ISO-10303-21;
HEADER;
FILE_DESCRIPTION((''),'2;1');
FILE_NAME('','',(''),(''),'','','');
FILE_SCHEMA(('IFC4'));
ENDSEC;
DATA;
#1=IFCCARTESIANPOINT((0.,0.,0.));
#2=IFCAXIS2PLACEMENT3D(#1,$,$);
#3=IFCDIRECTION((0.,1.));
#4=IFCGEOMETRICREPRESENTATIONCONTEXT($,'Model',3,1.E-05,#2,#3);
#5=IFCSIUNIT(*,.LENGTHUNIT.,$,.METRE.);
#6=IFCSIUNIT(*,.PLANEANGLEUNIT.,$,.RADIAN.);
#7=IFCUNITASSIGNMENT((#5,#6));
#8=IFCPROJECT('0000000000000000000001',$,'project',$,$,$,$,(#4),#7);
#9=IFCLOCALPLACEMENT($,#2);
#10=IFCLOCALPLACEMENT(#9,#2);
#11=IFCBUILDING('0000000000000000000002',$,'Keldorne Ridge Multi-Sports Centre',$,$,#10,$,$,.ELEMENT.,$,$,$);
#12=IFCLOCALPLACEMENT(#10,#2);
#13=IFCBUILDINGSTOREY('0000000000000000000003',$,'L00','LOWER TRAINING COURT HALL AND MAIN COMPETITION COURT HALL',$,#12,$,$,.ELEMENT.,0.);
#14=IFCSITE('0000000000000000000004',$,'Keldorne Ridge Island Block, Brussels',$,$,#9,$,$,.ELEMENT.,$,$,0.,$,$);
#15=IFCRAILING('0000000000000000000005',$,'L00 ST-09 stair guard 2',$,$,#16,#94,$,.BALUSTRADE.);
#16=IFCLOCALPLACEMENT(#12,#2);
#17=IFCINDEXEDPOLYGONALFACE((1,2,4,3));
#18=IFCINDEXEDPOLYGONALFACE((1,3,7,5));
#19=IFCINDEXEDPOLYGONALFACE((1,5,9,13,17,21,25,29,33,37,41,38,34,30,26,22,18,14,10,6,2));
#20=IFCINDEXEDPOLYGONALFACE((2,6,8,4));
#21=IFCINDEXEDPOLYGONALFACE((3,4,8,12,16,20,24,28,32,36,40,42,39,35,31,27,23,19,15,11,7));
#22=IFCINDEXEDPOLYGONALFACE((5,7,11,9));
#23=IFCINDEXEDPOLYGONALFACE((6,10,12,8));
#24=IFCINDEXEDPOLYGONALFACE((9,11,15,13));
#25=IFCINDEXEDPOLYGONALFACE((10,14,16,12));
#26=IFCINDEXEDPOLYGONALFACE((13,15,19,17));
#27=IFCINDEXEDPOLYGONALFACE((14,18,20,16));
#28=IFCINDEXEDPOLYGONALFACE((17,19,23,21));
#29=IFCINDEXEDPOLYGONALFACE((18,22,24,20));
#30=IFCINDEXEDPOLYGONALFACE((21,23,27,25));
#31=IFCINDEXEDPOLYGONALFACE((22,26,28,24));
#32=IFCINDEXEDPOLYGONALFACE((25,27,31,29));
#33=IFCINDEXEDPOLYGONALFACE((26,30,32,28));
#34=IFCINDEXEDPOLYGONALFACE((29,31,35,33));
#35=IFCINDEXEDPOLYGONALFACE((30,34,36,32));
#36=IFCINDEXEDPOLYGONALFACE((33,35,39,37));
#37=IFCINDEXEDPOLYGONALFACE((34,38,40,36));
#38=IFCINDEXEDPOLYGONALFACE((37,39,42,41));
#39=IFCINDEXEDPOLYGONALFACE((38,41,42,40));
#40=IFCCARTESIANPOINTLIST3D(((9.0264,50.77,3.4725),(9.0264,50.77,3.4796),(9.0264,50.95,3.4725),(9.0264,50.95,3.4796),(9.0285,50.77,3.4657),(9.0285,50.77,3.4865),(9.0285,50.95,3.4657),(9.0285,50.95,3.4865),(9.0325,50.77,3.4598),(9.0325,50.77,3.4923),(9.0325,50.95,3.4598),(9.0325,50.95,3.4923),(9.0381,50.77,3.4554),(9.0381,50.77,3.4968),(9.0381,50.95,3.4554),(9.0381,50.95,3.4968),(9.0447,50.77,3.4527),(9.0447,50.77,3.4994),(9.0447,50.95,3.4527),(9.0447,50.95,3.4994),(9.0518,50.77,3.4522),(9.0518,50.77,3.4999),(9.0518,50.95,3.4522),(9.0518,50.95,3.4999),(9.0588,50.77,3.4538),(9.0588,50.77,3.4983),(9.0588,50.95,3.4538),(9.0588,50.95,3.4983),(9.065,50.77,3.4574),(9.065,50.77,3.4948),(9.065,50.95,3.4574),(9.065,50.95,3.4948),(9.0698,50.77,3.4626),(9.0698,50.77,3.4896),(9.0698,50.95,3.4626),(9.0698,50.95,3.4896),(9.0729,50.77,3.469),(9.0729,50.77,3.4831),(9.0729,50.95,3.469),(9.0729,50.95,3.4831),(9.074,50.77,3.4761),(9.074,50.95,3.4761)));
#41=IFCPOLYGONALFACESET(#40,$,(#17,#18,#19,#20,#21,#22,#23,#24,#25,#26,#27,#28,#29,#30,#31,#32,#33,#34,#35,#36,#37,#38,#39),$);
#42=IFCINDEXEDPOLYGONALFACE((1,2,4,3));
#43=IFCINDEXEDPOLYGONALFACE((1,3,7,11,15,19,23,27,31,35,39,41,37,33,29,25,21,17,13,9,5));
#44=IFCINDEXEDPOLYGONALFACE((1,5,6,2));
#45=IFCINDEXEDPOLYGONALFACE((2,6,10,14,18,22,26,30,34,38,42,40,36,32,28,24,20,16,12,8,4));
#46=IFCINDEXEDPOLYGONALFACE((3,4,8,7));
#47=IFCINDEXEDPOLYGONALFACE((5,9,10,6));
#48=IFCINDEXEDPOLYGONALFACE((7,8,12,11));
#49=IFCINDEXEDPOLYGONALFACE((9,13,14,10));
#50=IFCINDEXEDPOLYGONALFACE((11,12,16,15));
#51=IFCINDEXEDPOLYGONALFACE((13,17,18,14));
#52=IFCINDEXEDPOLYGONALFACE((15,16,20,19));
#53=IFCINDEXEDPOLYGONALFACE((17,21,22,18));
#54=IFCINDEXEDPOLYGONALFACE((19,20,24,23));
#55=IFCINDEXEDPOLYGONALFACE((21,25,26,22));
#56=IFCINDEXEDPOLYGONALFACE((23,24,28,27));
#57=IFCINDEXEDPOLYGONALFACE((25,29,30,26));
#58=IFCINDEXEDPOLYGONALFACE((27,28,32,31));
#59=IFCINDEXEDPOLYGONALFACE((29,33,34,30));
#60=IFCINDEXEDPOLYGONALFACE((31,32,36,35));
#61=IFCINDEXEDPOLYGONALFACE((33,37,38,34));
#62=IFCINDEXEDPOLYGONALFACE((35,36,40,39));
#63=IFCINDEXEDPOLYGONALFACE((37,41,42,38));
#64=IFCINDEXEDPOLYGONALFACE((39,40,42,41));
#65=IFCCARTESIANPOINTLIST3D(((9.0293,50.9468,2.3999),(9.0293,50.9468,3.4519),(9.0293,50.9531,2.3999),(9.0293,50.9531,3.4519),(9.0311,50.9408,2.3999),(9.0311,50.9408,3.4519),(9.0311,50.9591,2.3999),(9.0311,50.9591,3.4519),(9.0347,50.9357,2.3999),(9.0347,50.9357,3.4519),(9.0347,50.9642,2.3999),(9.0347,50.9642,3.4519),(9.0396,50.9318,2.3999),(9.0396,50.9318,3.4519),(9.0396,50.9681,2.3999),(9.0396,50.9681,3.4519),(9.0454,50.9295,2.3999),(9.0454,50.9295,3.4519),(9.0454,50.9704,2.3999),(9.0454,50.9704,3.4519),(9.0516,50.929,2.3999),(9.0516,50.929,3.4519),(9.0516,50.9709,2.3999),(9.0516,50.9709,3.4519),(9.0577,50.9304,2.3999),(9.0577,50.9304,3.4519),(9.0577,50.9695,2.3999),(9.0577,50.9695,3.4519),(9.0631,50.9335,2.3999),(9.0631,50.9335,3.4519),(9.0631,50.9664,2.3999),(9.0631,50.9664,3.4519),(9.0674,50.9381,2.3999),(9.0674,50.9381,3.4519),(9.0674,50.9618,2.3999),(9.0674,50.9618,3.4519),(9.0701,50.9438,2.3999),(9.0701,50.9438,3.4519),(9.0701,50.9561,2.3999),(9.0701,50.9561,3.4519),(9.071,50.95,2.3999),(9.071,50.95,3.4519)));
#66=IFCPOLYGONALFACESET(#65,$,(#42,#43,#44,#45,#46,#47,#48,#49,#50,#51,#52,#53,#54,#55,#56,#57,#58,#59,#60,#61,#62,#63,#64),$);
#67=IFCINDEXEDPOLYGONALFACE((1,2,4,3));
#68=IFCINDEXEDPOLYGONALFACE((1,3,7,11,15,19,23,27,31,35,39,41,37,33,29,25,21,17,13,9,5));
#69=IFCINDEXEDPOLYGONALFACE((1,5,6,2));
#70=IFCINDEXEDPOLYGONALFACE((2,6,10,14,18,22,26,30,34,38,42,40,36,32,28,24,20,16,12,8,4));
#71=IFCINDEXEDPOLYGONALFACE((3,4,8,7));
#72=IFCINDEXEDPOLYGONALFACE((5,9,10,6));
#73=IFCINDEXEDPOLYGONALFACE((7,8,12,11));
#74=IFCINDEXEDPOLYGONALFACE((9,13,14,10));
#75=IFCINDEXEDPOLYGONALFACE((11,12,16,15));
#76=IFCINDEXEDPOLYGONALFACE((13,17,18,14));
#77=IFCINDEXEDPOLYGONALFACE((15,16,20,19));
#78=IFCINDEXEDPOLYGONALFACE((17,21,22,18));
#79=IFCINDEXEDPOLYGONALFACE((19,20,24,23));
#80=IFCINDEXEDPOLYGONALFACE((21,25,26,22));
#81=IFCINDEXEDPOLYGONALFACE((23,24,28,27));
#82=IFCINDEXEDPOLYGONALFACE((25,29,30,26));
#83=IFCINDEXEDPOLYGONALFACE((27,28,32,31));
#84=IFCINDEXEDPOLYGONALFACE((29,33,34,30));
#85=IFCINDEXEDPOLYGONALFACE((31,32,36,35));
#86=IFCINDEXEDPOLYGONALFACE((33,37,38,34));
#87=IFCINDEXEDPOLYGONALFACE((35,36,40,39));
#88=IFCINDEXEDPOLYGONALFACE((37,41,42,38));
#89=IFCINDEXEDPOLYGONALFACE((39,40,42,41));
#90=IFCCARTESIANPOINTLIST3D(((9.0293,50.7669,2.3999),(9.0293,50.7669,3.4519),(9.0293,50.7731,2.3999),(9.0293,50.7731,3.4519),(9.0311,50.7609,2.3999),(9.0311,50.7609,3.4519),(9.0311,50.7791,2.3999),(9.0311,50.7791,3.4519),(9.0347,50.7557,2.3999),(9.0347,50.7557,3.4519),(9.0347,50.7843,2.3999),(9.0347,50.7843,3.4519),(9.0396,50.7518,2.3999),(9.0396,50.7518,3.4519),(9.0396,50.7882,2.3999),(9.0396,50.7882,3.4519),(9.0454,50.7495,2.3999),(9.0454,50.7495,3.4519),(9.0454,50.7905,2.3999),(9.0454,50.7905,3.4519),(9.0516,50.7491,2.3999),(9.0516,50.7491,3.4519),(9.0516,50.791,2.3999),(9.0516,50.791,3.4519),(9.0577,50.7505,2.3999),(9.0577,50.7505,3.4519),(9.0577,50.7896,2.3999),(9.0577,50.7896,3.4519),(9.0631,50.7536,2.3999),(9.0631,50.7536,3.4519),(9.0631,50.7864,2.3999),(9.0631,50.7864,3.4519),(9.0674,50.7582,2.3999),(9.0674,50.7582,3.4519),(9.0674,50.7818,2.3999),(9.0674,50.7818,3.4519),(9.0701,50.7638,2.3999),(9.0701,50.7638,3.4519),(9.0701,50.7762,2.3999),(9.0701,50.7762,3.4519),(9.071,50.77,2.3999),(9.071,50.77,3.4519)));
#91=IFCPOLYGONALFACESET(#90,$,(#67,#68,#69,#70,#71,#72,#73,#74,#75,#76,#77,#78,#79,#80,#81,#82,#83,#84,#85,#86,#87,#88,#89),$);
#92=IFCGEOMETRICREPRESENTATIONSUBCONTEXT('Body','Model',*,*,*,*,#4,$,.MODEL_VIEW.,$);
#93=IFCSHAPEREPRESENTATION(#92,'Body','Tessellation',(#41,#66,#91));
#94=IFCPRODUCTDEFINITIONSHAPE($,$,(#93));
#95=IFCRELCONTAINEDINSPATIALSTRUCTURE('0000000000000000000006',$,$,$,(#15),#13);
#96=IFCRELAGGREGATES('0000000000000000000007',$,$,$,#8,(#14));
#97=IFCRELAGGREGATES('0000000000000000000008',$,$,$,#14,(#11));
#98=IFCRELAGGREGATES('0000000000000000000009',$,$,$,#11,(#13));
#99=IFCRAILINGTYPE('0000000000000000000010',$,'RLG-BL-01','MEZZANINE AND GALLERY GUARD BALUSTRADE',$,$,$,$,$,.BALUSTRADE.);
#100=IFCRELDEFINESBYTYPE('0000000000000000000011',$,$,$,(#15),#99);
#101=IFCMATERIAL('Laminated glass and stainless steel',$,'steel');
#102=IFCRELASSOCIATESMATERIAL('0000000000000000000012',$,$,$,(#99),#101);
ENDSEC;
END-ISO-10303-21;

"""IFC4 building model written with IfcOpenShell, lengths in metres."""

from ifc_helpers import new_model, si_unit, direction, frame, origin, origin_2d, place, context, subcontext, project, spatial, circle, extrude, material, type_object, element, save


model = new_model("IFC4")

# Units and contexts
model_context = context("Model", 3, precision=1e-05, world=origin(), true_north=direction((0.0, 1.0)))
body_context = subcontext(model_context, "Body", "Model", "MODEL_VIEW")
ifc_project = project(units=[si_unit("LENGTHUNIT", "METRE"), si_unit("PLANEANGLEUNIT", "RADIAN")], contexts=[model_context])

# Site, building, storey
site_placement = place(None, origin())
site = spatial("IfcSite", under=ifc_project, at=site_placement, Name="Keldorne Ridge Island Block, Brussels", CompositionType="ELEMENT", RefElevation=0.0)
building_placement = place(site_placement, origin())
building = spatial("IfcBuilding", under=site, at=building_placement, Name="Keldorne Ridge Multi-Sports Centre", CompositionType="ELEMENT")
storey_placement = place(building_placement, origin())
storey = spatial("IfcBuildingStorey", under=building, at=storey_placement, Name="L00", Description="LOWER TRAINING COURT HALL AND MAIN COMPETITION COURT HALL", CompositionType="ELEMENT", Elevation=0.0)

# Railing
ifc_material_1 = material(Name="Laminated glass and stainless steel", Category="steel")
railing_type_1 = type_object("IfcRailingType", Name="RLG-BL-01", Description="MEZZANINE AND GALLERY GUARD BALUSTRADE", PredefinedType="BALUSTRADE", material=ifc_material_1)
railing_1_placement = place(storey_placement, frame((9.05, 50.95, 2.3999)))
element("IfcRailing", 1, at=railing_1_placement, inside=storey, type_object=railing_type_1, Name="L00 ST-09 stair guard 2", PredefinedType="BALUSTRADE", context=body_context, shape_type="SweptSolid", body=[
    extrude(circle(Radius=0.0239, at=origin_2d()), frame((0.0, 0.0, 1.0762), z_axis=(0.0, -1.0, 0.0), x_axis=(1.0, 0.0, 0.0)), (0.0, 0.0, 1.0), 0.1799),
    extrude(circle(Radius=0.021, at=origin_2d()), origin(), (0.0, 0.0, 1.0), 1.052),
    extrude(circle(Radius=0.021, at=origin_2d()), frame((0.0, -0.1799, 0.0)), (0.0, 0.0, 1.0), 1.052),
])

save(model, "model.ifc")
